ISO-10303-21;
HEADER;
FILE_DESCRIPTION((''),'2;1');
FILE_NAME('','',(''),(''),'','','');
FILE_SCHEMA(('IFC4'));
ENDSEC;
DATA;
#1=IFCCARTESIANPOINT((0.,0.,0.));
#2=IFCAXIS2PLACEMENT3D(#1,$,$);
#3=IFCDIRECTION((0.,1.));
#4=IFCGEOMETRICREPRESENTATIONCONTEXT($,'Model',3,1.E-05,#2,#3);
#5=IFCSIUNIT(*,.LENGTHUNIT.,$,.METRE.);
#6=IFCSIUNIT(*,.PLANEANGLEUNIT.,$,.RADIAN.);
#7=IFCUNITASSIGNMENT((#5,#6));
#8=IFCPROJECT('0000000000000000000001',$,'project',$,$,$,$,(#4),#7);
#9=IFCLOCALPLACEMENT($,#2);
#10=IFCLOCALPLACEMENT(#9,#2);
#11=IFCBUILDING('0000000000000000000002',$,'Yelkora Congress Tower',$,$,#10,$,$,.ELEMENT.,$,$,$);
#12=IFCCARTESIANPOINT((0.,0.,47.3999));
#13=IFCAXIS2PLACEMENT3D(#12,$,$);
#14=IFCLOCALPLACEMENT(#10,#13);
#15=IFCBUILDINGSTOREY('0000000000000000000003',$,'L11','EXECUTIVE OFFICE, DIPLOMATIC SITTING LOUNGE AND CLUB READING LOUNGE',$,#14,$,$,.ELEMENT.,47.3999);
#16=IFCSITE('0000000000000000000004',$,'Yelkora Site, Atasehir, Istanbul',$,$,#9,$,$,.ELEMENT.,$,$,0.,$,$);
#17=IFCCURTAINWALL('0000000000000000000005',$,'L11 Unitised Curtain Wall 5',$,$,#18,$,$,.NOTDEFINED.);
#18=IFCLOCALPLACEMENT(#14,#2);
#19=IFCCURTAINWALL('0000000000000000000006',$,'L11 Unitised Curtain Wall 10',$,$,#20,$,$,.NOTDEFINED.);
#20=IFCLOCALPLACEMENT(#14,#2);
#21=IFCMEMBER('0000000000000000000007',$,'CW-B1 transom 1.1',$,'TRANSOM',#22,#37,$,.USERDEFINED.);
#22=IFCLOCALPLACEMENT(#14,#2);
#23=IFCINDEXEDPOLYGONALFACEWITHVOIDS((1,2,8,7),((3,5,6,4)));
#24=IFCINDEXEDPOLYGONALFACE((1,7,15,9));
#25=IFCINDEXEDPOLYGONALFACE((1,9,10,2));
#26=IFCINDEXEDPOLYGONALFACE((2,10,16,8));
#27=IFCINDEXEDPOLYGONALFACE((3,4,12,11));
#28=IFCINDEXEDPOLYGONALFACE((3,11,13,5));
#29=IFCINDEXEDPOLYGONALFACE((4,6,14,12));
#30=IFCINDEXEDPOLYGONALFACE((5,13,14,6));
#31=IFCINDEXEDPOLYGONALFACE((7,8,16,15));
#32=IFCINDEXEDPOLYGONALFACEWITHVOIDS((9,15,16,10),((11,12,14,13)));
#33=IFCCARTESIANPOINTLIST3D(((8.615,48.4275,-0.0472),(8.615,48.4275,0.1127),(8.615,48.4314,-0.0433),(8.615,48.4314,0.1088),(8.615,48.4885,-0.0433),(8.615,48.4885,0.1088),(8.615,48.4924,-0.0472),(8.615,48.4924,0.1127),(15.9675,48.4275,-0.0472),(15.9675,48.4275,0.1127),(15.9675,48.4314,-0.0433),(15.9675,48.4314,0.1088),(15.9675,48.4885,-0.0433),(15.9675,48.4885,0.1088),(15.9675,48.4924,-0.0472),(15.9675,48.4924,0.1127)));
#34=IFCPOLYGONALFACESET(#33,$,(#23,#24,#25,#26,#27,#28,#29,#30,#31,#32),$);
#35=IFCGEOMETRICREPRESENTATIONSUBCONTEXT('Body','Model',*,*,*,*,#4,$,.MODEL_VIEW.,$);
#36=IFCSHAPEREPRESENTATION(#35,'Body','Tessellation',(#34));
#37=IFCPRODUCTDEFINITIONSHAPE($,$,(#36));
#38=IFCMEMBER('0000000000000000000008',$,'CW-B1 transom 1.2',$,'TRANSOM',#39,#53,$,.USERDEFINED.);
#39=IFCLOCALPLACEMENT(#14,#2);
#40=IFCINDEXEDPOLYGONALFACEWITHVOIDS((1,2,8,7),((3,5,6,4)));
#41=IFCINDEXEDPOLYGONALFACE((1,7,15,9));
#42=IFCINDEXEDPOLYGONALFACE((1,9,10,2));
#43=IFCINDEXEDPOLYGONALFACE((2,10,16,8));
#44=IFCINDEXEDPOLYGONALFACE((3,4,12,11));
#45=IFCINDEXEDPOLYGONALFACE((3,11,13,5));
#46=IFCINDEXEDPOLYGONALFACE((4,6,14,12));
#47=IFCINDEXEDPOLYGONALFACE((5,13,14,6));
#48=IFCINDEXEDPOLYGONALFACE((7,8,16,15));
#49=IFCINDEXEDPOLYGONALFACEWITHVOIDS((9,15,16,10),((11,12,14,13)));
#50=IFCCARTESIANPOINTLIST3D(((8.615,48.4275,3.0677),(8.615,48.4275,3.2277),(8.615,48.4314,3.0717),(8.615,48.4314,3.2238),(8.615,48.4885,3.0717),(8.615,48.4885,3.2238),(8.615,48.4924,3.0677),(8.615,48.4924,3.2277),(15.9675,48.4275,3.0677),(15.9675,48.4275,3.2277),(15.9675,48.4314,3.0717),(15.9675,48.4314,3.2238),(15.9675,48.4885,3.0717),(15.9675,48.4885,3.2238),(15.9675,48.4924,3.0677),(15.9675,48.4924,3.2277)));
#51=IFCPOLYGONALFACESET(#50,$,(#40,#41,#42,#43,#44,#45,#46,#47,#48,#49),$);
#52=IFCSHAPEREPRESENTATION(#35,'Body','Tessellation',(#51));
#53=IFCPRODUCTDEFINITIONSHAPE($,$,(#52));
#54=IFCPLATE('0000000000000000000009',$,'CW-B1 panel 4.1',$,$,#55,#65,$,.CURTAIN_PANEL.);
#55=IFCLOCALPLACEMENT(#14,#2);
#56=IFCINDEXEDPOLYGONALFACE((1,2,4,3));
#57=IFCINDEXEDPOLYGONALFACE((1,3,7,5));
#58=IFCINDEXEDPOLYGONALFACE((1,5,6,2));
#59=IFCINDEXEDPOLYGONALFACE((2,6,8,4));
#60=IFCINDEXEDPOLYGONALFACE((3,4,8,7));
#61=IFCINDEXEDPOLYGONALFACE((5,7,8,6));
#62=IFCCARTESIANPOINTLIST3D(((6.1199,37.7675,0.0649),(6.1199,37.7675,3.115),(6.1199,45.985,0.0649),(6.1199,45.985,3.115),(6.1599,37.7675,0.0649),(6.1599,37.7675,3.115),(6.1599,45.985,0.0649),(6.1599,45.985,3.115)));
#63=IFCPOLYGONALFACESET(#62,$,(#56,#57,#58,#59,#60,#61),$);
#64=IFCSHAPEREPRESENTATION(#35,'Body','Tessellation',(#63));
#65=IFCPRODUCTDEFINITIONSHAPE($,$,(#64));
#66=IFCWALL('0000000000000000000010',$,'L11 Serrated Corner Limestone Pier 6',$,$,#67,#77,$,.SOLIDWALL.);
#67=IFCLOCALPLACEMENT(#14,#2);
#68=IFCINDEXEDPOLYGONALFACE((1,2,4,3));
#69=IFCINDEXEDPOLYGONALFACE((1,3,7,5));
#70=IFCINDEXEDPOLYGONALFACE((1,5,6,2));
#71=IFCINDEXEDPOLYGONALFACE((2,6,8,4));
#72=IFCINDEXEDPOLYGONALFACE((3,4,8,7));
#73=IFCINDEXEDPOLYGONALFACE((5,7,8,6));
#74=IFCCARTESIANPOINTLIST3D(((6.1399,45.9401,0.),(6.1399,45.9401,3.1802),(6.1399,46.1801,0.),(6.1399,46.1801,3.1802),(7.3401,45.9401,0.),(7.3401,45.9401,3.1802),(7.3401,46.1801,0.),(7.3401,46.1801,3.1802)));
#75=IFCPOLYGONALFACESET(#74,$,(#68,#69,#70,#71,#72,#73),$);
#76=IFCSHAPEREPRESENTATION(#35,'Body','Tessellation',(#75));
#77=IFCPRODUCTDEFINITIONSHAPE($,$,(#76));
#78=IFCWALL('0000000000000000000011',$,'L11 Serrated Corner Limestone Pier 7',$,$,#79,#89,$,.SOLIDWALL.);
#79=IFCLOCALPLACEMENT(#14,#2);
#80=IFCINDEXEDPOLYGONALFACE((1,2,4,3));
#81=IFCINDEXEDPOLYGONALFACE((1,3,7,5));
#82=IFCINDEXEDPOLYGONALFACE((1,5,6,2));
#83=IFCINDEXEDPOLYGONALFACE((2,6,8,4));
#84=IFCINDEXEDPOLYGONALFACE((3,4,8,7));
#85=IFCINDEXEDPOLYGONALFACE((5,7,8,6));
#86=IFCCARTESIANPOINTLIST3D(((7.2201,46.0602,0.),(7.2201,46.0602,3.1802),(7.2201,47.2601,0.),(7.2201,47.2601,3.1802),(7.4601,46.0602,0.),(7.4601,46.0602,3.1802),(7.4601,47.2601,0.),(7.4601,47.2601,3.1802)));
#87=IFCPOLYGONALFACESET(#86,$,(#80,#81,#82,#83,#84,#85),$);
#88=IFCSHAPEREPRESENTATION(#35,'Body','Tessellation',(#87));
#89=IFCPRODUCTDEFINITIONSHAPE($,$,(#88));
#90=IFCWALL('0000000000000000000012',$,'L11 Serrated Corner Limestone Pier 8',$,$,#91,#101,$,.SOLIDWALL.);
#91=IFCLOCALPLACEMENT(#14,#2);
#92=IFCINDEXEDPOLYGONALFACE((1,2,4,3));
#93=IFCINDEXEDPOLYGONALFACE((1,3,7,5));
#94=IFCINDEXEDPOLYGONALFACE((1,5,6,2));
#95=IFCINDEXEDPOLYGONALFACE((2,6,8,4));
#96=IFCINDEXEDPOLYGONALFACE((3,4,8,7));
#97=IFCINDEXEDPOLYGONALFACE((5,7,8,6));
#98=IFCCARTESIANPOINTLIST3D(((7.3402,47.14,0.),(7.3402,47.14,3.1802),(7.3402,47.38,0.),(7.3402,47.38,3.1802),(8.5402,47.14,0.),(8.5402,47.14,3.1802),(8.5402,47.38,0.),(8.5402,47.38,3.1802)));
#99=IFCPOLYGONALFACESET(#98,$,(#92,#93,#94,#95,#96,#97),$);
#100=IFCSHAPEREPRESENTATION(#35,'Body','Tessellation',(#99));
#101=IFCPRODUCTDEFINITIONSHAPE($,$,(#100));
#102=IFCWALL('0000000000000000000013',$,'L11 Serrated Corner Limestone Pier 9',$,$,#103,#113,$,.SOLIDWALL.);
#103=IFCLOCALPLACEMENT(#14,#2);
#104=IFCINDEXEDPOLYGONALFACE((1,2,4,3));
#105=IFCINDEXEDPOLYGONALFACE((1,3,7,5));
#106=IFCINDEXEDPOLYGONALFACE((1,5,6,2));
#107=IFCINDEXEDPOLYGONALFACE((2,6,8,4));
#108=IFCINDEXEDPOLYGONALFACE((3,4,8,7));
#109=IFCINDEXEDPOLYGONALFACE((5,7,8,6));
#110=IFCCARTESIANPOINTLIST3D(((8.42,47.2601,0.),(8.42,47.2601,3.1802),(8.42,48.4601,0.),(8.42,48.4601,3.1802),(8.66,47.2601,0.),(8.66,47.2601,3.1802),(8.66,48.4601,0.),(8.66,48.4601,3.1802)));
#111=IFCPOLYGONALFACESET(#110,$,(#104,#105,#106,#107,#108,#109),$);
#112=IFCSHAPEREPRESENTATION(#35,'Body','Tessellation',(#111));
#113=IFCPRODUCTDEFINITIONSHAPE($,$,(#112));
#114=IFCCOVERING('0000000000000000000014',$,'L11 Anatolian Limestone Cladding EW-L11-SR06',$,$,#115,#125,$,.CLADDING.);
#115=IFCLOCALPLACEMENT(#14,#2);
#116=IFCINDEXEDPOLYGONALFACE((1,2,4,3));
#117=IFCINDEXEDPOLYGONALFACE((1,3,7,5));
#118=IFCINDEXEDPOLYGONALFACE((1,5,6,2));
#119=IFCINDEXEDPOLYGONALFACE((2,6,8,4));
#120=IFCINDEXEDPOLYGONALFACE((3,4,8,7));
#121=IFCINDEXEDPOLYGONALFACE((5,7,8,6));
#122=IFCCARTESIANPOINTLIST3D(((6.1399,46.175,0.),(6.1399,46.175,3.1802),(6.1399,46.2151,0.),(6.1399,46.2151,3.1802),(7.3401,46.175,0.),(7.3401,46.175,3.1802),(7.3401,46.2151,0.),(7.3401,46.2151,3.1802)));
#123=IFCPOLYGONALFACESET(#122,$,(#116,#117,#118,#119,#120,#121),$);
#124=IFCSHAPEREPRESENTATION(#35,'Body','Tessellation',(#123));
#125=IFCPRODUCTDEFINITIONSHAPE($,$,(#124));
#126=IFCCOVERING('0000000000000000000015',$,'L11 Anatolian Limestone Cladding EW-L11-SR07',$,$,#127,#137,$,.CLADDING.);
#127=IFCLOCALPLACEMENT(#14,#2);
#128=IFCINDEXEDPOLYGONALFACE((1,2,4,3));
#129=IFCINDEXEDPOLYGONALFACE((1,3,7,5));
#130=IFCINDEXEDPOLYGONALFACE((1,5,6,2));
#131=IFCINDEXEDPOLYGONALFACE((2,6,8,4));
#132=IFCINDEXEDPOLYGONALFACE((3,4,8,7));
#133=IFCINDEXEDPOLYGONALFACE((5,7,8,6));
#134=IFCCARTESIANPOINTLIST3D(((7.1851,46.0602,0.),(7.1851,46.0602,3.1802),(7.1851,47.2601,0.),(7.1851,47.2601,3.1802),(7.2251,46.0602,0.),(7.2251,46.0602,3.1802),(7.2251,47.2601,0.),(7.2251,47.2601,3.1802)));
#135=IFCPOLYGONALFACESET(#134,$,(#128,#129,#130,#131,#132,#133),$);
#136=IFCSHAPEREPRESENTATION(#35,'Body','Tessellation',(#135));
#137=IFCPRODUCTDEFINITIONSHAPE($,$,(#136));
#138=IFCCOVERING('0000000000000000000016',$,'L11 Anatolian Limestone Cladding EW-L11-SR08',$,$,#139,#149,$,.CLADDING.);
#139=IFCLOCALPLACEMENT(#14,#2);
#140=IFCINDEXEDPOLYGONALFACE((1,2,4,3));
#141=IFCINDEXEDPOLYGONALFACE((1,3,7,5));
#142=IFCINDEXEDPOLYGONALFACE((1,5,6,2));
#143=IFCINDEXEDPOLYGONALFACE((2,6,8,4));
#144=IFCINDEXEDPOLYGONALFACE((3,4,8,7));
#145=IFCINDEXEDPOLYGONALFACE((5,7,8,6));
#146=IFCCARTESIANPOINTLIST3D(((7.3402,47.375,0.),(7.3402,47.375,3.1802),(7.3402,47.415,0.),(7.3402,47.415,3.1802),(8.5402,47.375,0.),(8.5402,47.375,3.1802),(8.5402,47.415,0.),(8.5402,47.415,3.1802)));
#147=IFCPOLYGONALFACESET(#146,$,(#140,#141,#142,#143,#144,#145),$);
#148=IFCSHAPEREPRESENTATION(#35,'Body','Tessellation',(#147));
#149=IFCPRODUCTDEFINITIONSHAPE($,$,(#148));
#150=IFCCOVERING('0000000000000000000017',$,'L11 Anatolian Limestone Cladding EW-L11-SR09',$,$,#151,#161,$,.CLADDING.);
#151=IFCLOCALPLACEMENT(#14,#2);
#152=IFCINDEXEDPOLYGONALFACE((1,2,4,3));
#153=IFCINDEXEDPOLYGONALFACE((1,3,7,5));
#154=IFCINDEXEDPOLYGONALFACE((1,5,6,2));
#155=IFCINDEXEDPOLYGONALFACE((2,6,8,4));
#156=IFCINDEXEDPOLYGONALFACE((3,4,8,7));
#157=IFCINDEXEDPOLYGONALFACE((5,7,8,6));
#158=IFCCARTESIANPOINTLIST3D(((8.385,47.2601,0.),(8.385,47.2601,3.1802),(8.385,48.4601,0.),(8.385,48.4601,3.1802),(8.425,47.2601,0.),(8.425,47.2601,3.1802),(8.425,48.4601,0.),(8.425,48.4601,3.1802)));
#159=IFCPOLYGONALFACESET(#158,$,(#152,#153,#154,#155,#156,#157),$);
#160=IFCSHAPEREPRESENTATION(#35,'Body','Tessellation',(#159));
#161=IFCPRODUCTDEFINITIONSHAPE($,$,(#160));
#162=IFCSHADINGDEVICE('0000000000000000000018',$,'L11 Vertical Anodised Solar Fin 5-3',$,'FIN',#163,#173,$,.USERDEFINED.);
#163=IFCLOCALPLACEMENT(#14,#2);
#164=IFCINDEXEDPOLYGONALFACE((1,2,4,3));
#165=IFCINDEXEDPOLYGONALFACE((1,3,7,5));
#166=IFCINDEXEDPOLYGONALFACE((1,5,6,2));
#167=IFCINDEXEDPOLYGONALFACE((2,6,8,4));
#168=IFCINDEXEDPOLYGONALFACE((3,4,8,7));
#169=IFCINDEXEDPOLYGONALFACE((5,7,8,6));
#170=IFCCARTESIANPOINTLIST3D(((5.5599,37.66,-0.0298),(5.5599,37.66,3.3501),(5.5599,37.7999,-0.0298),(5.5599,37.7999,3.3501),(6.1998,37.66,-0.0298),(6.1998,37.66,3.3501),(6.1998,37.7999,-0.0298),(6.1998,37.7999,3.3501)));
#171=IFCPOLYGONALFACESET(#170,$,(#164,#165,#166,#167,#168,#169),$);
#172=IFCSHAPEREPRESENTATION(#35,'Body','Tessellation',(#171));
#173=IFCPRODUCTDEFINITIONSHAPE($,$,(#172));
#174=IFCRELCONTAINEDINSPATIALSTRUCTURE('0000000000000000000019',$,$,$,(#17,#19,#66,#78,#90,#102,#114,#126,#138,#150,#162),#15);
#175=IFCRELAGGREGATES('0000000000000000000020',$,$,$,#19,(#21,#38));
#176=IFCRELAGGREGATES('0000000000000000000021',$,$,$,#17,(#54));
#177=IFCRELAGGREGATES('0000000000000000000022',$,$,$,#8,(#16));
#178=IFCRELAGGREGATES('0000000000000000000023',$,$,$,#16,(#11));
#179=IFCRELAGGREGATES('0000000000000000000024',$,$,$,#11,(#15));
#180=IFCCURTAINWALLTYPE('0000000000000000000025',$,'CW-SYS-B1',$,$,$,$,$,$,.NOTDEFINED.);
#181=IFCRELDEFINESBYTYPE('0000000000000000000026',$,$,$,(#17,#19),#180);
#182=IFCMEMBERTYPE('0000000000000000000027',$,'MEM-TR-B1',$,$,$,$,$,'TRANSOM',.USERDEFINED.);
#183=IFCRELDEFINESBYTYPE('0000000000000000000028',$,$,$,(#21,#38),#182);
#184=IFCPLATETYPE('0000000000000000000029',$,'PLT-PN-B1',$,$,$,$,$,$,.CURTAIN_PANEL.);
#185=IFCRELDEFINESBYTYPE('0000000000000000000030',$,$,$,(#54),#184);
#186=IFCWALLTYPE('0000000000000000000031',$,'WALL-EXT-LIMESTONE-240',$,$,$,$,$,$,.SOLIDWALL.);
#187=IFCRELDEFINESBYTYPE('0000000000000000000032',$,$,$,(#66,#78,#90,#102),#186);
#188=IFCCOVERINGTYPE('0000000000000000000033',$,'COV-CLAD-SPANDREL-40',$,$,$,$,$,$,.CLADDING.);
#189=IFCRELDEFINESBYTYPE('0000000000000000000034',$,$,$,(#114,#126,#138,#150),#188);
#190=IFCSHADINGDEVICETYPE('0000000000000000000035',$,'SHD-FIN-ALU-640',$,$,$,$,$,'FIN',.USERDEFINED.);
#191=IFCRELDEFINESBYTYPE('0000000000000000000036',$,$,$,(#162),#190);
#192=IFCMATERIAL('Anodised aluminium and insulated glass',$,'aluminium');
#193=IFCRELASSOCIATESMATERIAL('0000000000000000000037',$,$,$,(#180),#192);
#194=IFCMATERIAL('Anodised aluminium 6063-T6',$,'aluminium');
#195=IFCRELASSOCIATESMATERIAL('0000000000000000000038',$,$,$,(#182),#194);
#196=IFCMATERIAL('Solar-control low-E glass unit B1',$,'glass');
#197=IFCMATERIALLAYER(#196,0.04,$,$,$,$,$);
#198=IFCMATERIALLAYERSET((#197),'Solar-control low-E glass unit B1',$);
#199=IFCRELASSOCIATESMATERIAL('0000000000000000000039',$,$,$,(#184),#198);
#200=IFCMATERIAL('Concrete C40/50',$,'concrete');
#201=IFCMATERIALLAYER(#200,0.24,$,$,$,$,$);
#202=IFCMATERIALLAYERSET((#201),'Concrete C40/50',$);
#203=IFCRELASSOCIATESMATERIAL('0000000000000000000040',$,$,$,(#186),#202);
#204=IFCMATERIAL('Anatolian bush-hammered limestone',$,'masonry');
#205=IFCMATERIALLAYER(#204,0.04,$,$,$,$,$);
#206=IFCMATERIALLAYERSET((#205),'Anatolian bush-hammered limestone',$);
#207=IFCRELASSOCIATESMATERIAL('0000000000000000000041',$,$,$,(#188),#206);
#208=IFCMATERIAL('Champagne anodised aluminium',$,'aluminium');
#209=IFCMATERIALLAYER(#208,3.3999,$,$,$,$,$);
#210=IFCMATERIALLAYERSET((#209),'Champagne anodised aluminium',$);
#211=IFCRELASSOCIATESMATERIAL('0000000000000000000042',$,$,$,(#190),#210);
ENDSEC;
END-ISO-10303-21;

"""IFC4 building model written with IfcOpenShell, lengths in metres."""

from ifc_helpers import new_model, si_unit, direction, frame, frame_2d, origin, origin_2d, place, context, subcontext, project, spatial, rectangle, hollow_rectangle, extrude, material, layer, layer_set, material_profile, profile_set, type_object, element, aggregate, save


model = new_model("IFC4")

# Units and contexts
model_context = context("Model", 3, precision=1e-05, world=origin(), true_north=direction((0.0, 1.0)))
body_context = subcontext(model_context, "Body", "Model", "MODEL_VIEW")
ifc_project = project(units=[si_unit("LENGTHUNIT", "METRE"), si_unit("PLANEANGLEUNIT", "RADIAN")], contexts=[model_context])

# Site, building, storey
site_placement = place(None, origin())
site = spatial("IfcSite", under=ifc_project, at=site_placement, Name="Yelkora Site, Atasehir, Istanbul", CompositionType="ELEMENT", RefElevation=0.0)
building_placement = place(site_placement, origin())
building = spatial("IfcBuilding", under=site, at=building_placement, Name="Yelkora Congress Tower", CompositionType="ELEMENT")
storey_placement = place(building_placement, frame((0.0, 0.0, 47.3999)))
storey = spatial("IfcBuildingStorey", under=building, at=storey_placement, Name="L11", Description="EXECUTIVE OFFICE, DIPLOMATIC SITTING LOUNGE AND CLUB READING LOUNGE", CompositionType="ELEMENT", Elevation=47.3999)

# Curtain wall
ifc_material_1 = material(Name="Anodised aluminium and insulated glass", Category="aluminium")
curtain_wall_type = type_object("IfcCurtainWallType", Name="CW-SYS-B1", PredefinedType="NOTDEFINED", material=ifc_material_1)
curtain_wall_1_placement = place(storey_placement, origin())
curtain_wall_1 = element("IfcCurtainWall", 1, at=curtain_wall_1_placement, inside=storey, type_object=curtain_wall_type, Name="L11 Unitised Curtain Wall 5", PredefinedType="NOTDEFINED")
ifc_material_2 = material(Name="Anodised aluminium 6063-T6", Category="aluminium")

# Curtain wall
curtain_wall_2_placement = place(storey_placement, origin())
curtain_wall_2 = element("IfcCurtainWall", 2, at=curtain_wall_2_placement, inside=storey, type_object=curtain_wall_type, Name="L11 Unitised Curtain Wall 10", PredefinedType="NOTDEFINED")

# Members
ifc_material_profile_1 = material_profile(ifc_material_2, hollow_rectangle(XDim=0.0649, YDim=0.1599, WallThickness=0.0039, at=origin_2d()), Name="ALU 65x160x4")
ifc_profile_set_1 = profile_set([ifc_material_profile_1], Name="Anodised aluminium 6063-T6")
member_type_1 = type_object("IfcMemberType", Name="MEM-TR-B1", ElementType="TRANSOM", PredefinedType="USERDEFINED", material=ifc_profile_set_1)
member_1_placement = place(storey_placement, frame((8.615, 48.46, 0.0327), z_axis=(1.0, 0.0, 0.0), x_axis=(0.0, 1.0, 0.0)))
member_1 = element("IfcMember", 3, at=member_1_placement, type_object=member_type_1, Name="CW-B1 transom 1.1", ObjectType="TRANSOM", PredefinedType="USERDEFINED", context=body_context, shape_type="SweptSolid", body=[
    extrude(hollow_rectangle(XDim=0.0649, YDim=0.1599, WallThickness=0.0039, at=origin_2d()), origin(), (0.0, 0.0, 1.0), 7.3525),
])
member_2_placement = place(storey_placement, frame((8.615, 48.46, 3.1477), z_axis=(1.0, 0.0, 0.0), x_axis=(0.0, 1.0, 0.0)))
member_2 = element("IfcMember", 4, at=member_2_placement, type_object=member_type_1, Name="CW-B1 transom 1.2", ObjectType="TRANSOM", PredefinedType="USERDEFINED", context=body_context, shape_type="SweptSolid", body=[
    extrude(hollow_rectangle(XDim=0.0649, YDim=0.1599, WallThickness=0.0039, at=origin_2d()), origin(), (0.0, 0.0, 1.0), 7.3525),
])
aggregate(curtain_wall_2, [member_1, member_2])

# Plate
ifc_material_3 = material(Name="Solar-control low-E glass unit B1", Category="glass")
ifc_layer_1 = layer(ifc_material_3, 0.04)
ifc_layer_set_1 = layer_set([ifc_layer_1], Name="Solar-control low-E glass unit B1")
plate_type = type_object("IfcPlateType", Name="PLT-PN-B1", PredefinedType="CURTAIN_PANEL", material=ifc_layer_set_1)
plate_placement = place(storey_placement, frame((6.1399, 41.8762, 0.0649), z_axis=(0.0, 0.0, 1.0), x_axis=(0.0, 1.0, 0.0)))
plate = element("IfcPlate", 5, at=plate_placement, type_object=plate_type, Name="CW-B1 panel 4.1", PredefinedType="CURTAIN_PANEL", context=body_context, shape_type="SweptSolid", body=[
    extrude(rectangle(XDim=8.2175, YDim=0.04, at=origin_2d()), origin(), (0.0, 0.0, 1.0), 3.05),
])
aggregate(curtain_wall_1, [plate])

# Walls
ifc_material_4 = material(Name="Concrete C40/50", Category="concrete")
ifc_layer_2 = layer(ifc_material_4, 0.24)
ifc_layer_set_2 = layer_set([ifc_layer_2], Name="Concrete C40/50")
wall_type = type_object("IfcWallType", Name="WALL-EXT-LIMESTONE-240", PredefinedType="SOLIDWALL", material=ifc_layer_set_2)
wall_placement = place(storey_placement, frame((6.1399, 46.0601, 0.0), z_axis=(0.0, 0.0, 1.0), x_axis=(1.0, 0.0, 0.0)))
element("IfcWall", 6, at=wall_placement, inside=storey, type_object=wall_type, Name="L11 Serrated Corner Limestone Pier 6", PredefinedType="SOLIDWALL", context=body_context, shape_type="SweptSolid", body=[
    extrude(rectangle(XDim=1.2002, YDim=0.24, at=frame_2d((0.6001, 0.0))), origin(), (0.0, 0.0, 1.0), 3.1802),
])
for number, where, z_axis, x_axis, name in (
    (7, (7.3401, 46.0601, 0.0), (0.0, 0.0, 1.0), (0.0, 1.0, 0.0), "L11 Serrated Corner Limestone Pier 7"),
    (8, (7.3401, 47.26, 0.0), (0.0, 0.0, 1.0), (1.0, 0.0, 0.0), "L11 Serrated Corner Limestone Pier 8"),
    (9, (8.54, 47.26, 0.0), (0.0, 0.0, 1.0), (0.0, 1.0, 0.0), "L11 Serrated Corner Limestone Pier 9"),
):
    element("IfcWall", number, at=place(storey_placement, frame(where, z_axis=z_axis, x_axis=x_axis)), inside=storey, type_object=wall_type, Name=name, PredefinedType="SOLIDWALL", context=body_context, shape_type="SweptSolid", body=[
        extrude(rectangle(XDim=1.2, YDim=0.24, at=frame_2d((0.6001, 0.0))), origin(), (0.0, 0.0, 1.0), 3.1802),
    ])

# Coverings
ifc_material_5 = material(Name="Anatolian bush-hammered limestone", Category="masonry")
ifc_layer_3 = layer(ifc_material_5, 0.04)
ifc_layer_set_3 = layer_set([ifc_layer_3], Name="Anatolian bush-hammered limestone")
covering_type = type_object("IfcCoveringType", Name="COV-CLAD-SPANDREL-40", PredefinedType="CLADDING", material=ifc_layer_set_3)
covering_placement = place(storey_placement, frame((6.1399, 46.1951, 0.0), z_axis=(0.0, 0.0, 1.0), x_axis=(1.0, 0.0, 0.0)))
element("IfcCovering", 10, at=covering_placement, inside=storey, type_object=covering_type, Name="L11 Anatolian Limestone Cladding EW-L11-SR06", PredefinedType="CLADDING", context=body_context, shape_type="SweptSolid", body=[
    extrude(rectangle(XDim=1.2002, YDim=0.04, at=frame_2d((0.6001, 0.0))), origin(), (0.0, 0.0, 1.0), 3.1802),
])
for number, where, z_axis, x_axis, name in (
    (11, (7.2051, 46.0601, 0.0), (0.0, 0.0, 1.0), (0.0, 1.0, 0.0), "L11 Anatolian Limestone Cladding EW-L11-SR07"),
    (12, (7.3401, 47.395, 0.0), (0.0, 0.0, 1.0), (1.0, 0.0, 0.0), "L11 Anatolian Limestone Cladding EW-L11-SR08"),
    (13, (8.405, 47.26, 0.0), (0.0, 0.0, 1.0), (0.0, 1.0, 0.0), "L11 Anatolian Limestone Cladding EW-L11-SR09"),
):
    element("IfcCovering", number, at=place(storey_placement, frame(where, z_axis=z_axis, x_axis=x_axis)), inside=storey, type_object=covering_type, Name=name, PredefinedType="CLADDING", context=body_context, shape_type="SweptSolid", body=[
        extrude(rectangle(XDim=1.2, YDim=0.04, at=frame_2d((0.6001, 0.0))), origin(), (0.0, 0.0, 1.0), 3.1802),
    ])

# Shading device
ifc_material_6 = material(Name="Champagne anodised aluminium", Category="aluminium")
ifc_layer_4 = layer(ifc_material_6, 3.3999)
ifc_layer_set_4 = layer_set([ifc_layer_4], Name="Champagne anodised aluminium")
shading_device_type = type_object("IfcShadingDeviceType", Name="SHD-FIN-ALU-640", ElementType="FIN", PredefinedType="USERDEFINED", material=ifc_layer_set_4)
shading_device_placement = place(storey_placement, frame((5.8799, 37.73, -0.0298), z_axis=(0.0, 0.0, 1.0), x_axis=(0.0, 1.0, 0.0)))
element("IfcShadingDevice", 14, at=shading_device_placement, inside=storey, type_object=shading_device_type, Name="L11 Vertical Anodised Solar Fin 5-3", ObjectType="FIN", PredefinedType="USERDEFINED", context=body_context, shape_type="SweptSolid", body=[
    extrude(rectangle(XDim=0.1399, YDim=0.6399, at=origin_2d()), origin(), (0.0, 0.0, 1.0), 3.3799),
])

save(model, "model.ifc")
